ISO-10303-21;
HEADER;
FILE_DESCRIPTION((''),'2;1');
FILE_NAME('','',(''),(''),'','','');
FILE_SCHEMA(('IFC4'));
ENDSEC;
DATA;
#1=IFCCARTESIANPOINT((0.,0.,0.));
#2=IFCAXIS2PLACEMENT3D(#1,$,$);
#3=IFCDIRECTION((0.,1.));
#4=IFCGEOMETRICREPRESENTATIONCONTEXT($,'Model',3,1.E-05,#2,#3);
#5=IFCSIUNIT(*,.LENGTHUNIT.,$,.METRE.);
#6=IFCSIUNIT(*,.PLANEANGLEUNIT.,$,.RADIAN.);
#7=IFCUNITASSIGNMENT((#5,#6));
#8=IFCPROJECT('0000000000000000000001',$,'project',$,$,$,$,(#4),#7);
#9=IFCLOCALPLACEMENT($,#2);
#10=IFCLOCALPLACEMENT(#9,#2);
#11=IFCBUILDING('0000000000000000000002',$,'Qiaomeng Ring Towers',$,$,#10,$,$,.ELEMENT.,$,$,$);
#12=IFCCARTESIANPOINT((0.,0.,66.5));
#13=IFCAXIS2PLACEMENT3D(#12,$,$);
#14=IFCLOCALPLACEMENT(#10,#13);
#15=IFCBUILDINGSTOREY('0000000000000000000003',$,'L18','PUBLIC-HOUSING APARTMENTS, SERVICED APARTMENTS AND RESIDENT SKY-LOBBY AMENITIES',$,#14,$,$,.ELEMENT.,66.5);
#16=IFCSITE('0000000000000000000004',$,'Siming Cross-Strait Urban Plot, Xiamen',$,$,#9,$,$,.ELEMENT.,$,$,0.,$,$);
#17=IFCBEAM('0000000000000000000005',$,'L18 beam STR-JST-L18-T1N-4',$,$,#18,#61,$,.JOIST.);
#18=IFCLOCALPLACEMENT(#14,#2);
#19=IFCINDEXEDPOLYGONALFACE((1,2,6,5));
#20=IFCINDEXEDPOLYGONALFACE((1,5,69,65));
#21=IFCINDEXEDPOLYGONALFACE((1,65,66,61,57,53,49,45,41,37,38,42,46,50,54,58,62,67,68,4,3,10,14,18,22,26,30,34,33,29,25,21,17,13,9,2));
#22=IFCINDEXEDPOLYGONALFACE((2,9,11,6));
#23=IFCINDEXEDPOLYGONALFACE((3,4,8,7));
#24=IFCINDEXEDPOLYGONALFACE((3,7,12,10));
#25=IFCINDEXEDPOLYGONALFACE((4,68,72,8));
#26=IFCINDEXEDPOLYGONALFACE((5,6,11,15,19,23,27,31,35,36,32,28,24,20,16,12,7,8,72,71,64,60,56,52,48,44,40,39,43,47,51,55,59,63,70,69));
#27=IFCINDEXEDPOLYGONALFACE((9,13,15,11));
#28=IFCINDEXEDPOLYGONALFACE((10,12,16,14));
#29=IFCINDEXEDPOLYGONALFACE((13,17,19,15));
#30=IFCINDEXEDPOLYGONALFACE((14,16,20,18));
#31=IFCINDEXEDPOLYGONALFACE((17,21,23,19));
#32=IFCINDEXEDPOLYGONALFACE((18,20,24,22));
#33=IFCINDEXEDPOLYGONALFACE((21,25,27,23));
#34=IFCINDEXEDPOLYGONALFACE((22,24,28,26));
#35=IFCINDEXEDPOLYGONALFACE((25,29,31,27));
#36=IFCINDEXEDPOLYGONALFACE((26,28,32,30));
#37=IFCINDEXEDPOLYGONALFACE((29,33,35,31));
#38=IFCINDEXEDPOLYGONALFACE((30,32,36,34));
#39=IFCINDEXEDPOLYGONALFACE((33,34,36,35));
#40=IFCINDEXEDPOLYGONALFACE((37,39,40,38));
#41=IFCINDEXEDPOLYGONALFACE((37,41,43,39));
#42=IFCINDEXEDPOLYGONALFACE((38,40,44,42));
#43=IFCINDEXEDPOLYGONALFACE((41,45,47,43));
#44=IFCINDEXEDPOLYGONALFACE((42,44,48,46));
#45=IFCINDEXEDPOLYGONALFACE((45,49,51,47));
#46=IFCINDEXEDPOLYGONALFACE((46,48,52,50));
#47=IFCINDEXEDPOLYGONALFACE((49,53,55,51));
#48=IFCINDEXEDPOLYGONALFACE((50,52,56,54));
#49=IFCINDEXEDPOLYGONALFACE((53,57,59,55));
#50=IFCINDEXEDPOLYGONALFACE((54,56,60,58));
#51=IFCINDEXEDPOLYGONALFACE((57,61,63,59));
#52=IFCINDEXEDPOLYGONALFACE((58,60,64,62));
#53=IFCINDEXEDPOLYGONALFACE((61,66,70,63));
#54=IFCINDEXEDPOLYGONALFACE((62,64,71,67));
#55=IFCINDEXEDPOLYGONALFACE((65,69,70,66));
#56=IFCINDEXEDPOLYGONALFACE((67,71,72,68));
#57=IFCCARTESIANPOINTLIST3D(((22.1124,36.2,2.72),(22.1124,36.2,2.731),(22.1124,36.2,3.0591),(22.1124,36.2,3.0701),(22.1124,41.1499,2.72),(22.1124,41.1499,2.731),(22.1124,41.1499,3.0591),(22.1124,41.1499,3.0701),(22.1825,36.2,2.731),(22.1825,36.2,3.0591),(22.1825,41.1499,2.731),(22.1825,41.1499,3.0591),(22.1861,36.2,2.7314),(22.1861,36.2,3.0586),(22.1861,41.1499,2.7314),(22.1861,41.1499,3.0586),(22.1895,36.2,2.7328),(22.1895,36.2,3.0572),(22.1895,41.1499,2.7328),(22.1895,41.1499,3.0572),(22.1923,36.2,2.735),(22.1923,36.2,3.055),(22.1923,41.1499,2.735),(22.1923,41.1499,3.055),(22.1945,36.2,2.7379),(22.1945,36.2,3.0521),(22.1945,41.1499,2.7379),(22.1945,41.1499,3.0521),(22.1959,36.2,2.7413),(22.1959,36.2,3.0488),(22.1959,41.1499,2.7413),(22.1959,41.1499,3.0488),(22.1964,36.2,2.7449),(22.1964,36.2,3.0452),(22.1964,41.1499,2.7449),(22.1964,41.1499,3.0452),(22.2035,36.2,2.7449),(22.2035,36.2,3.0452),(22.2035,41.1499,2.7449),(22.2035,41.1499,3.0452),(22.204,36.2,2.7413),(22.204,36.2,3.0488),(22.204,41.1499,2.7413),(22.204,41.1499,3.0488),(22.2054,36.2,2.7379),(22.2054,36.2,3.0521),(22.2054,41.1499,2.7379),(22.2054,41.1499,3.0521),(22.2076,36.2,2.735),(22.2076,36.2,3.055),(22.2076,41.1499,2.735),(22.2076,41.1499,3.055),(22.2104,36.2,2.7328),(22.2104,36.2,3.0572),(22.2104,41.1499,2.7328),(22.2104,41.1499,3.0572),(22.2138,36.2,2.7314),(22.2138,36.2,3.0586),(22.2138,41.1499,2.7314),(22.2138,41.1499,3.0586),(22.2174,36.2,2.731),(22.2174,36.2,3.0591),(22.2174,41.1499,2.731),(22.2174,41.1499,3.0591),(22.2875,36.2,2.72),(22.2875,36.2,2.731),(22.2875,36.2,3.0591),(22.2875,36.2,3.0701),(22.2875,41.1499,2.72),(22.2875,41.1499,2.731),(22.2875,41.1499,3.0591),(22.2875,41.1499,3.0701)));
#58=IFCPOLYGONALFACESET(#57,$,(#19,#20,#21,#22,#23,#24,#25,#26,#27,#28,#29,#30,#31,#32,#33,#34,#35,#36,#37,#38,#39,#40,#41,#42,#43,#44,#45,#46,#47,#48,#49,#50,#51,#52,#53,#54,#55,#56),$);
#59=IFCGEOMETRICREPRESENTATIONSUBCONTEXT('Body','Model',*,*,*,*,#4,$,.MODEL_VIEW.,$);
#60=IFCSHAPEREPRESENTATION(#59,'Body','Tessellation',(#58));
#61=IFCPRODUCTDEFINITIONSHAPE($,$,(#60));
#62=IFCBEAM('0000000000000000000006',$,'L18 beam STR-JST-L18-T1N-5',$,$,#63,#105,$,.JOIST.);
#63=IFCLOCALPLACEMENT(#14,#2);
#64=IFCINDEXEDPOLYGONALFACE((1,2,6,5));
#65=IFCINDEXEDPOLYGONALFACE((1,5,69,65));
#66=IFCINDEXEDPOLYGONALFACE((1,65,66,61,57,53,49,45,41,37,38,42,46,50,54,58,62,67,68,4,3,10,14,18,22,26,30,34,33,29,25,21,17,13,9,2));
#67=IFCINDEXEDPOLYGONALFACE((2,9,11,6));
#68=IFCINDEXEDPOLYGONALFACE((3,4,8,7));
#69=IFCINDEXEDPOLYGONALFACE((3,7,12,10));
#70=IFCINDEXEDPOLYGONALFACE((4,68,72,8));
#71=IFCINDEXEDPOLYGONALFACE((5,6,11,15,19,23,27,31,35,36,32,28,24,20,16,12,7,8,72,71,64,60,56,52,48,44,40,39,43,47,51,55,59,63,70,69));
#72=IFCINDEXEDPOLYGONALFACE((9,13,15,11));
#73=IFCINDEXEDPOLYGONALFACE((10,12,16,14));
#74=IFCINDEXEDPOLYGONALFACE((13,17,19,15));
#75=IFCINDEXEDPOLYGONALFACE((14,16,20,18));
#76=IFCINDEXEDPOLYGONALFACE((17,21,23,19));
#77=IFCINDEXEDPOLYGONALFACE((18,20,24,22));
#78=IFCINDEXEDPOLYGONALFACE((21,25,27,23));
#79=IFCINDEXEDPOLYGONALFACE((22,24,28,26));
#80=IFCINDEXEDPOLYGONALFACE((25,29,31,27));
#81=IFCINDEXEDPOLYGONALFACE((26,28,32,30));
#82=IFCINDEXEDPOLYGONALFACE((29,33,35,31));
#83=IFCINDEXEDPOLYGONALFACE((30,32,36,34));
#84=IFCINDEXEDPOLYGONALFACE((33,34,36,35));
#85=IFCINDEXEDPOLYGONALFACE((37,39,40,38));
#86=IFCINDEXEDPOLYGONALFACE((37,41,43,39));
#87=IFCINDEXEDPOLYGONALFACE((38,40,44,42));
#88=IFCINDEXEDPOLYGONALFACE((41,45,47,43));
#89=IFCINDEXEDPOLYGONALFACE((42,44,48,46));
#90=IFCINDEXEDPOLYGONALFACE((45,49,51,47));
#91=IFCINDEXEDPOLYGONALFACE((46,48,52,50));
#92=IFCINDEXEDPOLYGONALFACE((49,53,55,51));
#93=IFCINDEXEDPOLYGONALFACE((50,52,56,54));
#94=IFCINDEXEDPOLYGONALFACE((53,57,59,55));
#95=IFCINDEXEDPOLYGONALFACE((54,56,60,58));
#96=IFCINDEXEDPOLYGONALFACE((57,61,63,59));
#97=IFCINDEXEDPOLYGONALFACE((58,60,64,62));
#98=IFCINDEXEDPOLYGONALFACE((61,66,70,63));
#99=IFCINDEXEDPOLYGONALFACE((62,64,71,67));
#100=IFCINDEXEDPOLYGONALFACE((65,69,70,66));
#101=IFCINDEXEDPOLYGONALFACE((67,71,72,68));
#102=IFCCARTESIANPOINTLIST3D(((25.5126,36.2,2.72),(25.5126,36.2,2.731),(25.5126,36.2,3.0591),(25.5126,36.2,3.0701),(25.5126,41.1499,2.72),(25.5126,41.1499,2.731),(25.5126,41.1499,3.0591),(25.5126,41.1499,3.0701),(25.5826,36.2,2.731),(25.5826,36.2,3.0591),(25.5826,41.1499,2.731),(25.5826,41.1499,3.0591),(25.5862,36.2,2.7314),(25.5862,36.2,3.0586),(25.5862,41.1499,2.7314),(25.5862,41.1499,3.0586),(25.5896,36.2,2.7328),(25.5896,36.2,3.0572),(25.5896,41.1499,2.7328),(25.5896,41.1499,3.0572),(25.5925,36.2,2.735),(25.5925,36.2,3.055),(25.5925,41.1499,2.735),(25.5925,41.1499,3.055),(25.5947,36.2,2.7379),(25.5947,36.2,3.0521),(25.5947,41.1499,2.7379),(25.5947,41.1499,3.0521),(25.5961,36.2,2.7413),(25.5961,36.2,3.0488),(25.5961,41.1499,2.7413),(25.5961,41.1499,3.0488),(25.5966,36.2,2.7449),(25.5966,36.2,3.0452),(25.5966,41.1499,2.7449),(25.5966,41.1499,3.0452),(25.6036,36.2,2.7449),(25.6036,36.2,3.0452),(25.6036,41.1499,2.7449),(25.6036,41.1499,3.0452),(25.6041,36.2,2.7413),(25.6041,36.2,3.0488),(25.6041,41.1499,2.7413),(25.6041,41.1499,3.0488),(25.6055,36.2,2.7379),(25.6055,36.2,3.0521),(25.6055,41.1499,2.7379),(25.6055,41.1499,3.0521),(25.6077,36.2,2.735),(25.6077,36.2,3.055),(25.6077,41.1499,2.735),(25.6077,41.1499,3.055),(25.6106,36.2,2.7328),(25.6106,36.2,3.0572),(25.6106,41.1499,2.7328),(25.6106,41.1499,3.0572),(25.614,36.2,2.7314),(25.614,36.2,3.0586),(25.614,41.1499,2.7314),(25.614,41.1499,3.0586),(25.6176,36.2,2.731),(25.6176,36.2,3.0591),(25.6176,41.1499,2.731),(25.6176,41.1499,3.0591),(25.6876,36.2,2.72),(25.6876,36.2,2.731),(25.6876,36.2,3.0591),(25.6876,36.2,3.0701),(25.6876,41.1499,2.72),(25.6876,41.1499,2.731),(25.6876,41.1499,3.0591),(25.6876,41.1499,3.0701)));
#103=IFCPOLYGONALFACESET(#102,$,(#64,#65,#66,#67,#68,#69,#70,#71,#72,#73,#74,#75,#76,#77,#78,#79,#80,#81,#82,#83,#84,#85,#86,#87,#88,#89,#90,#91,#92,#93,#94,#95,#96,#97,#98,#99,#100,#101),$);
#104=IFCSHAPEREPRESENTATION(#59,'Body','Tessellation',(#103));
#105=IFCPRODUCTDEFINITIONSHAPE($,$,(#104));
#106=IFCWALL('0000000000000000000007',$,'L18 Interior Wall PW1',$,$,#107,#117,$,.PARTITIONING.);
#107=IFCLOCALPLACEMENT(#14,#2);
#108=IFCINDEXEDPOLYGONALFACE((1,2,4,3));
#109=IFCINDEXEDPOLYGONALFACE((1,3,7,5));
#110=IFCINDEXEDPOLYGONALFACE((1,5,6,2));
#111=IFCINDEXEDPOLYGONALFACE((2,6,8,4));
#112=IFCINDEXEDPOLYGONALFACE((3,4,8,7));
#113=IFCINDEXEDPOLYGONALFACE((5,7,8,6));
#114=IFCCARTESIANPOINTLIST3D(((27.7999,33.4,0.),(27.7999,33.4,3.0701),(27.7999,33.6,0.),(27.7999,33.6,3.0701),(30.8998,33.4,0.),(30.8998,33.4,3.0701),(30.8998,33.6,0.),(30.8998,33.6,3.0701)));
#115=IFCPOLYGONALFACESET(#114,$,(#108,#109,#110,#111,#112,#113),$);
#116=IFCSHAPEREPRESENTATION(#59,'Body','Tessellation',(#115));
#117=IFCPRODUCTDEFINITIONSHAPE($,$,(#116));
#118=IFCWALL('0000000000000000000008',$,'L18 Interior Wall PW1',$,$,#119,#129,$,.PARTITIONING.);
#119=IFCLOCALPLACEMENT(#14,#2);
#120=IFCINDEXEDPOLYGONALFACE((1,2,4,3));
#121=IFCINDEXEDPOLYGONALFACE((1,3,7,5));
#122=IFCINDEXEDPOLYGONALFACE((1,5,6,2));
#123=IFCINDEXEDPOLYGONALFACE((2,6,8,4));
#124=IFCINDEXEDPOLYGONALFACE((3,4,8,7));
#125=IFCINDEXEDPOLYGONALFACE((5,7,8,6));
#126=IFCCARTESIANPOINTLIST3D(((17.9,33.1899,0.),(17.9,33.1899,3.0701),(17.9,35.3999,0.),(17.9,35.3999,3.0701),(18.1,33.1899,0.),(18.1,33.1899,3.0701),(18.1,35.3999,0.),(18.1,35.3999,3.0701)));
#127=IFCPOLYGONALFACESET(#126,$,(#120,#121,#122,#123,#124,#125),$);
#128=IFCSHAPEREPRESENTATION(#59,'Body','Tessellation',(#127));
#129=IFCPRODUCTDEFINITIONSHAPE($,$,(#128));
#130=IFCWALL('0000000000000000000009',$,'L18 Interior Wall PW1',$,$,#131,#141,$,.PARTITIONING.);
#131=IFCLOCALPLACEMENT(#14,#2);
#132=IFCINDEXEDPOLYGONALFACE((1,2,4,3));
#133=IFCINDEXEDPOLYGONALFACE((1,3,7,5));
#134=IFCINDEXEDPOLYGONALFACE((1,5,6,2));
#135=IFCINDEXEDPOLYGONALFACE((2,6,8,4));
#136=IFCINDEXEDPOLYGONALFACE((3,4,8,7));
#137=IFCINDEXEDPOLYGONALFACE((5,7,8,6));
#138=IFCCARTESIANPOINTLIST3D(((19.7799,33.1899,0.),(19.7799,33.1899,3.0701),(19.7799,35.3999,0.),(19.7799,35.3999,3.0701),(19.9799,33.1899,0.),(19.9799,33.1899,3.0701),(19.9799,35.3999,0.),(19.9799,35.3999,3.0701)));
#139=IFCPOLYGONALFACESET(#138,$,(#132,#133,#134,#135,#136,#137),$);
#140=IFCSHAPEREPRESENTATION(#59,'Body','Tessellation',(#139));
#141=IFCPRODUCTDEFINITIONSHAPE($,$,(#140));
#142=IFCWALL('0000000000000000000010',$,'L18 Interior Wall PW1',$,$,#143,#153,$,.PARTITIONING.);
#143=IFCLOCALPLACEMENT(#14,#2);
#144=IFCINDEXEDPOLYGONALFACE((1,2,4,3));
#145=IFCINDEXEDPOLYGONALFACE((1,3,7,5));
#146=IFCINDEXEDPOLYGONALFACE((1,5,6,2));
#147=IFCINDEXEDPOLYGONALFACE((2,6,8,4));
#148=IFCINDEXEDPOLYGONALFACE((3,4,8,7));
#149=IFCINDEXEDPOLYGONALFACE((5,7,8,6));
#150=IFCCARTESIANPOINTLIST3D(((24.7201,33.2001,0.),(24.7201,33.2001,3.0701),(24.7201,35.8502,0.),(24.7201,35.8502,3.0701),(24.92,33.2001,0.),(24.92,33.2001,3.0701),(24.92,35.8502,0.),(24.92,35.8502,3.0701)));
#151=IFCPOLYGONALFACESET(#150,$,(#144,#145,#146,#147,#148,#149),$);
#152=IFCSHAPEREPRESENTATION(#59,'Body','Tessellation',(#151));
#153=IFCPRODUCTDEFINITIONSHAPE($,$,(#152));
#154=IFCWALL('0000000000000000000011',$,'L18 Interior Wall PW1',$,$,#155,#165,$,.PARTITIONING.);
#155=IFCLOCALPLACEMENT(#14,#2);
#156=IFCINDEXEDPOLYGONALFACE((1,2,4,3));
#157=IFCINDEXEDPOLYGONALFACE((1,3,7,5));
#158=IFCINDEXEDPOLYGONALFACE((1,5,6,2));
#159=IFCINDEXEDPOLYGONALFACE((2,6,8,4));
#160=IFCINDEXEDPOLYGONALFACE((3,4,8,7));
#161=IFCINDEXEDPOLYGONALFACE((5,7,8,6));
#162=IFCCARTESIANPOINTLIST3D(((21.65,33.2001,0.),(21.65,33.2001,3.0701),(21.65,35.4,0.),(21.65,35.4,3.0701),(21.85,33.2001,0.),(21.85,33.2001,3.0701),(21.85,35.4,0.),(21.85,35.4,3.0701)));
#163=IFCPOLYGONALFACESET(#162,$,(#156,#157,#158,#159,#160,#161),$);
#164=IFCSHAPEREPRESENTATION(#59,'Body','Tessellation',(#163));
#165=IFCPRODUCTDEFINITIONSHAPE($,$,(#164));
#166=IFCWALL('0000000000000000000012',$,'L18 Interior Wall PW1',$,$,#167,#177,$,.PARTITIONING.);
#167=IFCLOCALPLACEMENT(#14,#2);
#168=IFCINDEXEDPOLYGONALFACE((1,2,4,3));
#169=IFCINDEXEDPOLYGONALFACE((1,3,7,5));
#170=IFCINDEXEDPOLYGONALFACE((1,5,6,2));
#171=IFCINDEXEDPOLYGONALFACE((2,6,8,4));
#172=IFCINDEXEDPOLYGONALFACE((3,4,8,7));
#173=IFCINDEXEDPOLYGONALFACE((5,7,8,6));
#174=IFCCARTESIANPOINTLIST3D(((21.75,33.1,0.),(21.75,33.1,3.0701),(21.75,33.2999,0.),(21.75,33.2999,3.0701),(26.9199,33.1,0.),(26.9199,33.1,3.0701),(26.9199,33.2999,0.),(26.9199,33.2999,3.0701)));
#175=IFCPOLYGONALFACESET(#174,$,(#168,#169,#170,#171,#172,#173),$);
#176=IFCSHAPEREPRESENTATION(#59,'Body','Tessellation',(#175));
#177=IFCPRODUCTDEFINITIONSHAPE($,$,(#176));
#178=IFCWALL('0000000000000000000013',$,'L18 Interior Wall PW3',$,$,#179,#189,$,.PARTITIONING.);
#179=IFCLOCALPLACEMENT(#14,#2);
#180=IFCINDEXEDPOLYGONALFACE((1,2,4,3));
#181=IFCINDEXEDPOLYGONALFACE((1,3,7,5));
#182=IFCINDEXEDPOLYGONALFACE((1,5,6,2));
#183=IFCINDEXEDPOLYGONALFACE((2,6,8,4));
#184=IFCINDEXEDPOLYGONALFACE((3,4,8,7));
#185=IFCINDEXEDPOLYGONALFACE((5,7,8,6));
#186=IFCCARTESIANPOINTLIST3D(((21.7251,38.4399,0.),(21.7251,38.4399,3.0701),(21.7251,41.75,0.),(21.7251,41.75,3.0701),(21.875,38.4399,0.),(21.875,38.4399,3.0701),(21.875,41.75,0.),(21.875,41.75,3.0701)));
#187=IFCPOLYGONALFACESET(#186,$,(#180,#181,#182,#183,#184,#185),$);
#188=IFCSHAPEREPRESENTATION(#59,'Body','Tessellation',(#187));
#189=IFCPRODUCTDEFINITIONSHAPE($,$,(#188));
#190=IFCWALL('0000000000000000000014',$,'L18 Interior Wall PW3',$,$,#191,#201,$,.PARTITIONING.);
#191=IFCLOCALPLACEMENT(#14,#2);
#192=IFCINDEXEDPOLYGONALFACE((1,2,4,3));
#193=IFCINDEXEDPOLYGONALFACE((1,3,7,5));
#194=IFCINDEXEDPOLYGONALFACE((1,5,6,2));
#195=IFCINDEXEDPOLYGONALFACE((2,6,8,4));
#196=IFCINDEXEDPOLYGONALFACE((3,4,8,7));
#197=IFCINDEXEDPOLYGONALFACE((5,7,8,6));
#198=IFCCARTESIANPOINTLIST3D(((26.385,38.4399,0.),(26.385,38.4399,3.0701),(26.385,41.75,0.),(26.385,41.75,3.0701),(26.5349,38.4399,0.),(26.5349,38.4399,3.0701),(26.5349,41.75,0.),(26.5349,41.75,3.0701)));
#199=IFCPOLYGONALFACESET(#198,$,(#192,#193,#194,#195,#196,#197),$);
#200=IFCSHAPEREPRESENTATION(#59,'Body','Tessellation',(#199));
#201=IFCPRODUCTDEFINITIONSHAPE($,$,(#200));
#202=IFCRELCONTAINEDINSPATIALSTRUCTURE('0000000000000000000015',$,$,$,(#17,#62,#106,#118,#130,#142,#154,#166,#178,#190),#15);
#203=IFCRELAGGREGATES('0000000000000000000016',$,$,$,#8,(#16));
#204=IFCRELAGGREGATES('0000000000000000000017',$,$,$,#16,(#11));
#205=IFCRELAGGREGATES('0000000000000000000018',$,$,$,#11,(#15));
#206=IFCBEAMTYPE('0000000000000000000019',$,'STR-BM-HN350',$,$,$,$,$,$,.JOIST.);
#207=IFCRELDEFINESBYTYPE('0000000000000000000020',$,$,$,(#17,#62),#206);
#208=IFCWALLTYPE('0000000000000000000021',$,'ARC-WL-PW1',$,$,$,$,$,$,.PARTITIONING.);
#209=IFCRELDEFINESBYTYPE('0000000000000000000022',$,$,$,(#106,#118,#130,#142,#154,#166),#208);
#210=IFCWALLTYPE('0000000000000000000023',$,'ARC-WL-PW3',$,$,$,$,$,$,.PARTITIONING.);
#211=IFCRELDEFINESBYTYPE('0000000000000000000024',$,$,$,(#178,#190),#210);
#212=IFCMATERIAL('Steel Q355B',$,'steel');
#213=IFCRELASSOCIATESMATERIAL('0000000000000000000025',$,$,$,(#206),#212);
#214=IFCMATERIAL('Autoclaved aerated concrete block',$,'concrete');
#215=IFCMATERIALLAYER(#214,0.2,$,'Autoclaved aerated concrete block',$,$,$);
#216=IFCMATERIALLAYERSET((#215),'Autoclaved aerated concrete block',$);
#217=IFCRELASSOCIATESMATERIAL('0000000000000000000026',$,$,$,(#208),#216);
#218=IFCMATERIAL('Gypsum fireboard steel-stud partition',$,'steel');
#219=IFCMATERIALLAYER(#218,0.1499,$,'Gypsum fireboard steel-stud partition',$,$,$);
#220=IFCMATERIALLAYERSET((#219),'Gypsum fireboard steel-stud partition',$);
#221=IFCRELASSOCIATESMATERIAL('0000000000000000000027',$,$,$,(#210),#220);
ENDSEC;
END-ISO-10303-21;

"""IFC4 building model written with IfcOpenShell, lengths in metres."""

from ifc_helpers import new_model, si_unit, direction, frame, frame_2d, origin, origin_2d, place, context, subcontext, project, spatial, rectangle, i_section, extrude, source, transform, mapped, material, layer, layer_set, material_profile, profile_set, type_object, element, save


model = new_model("IFC4")

# Units and contexts
model_context = context("Model", 3, precision=1e-05, world=origin(), true_north=direction((0.0, 1.0)))
body_context = subcontext(model_context, "Body", "Model", "MODEL_VIEW")
ifc_project = project(units=[si_unit("LENGTHUNIT", "METRE"), si_unit("PLANEANGLEUNIT", "RADIAN")], contexts=[model_context])

# Site, building, storey
site_placement = place(None, origin())
site = spatial("IfcSite", under=ifc_project, at=site_placement, Name="Siming Cross-Strait Urban Plot, Xiamen", CompositionType="ELEMENT", RefElevation=0.0)
building_placement = place(site_placement, origin())
building = spatial("IfcBuilding", under=site, at=building_placement, Name="Qiaomeng Ring Towers", CompositionType="ELEMENT")
storey_placement = place(building_placement, frame((0.0, 0.0, 66.5)))
storey = spatial("IfcBuildingStorey", under=building, at=storey_placement, Name="L18", Description="PUBLIC-HOUSING APARTMENTS, SERVICED APARTMENTS AND RESIDENT SKY-LOBBY AMENITIES", CompositionType="ELEMENT", Elevation=66.5)

# Beams
ifc_material_1 = material(Name="Steel Q355B", Category="steel")
ifc_material_profile_1 = material_profile(ifc_material_1, i_section(OverallWidth=0.175, OverallDepth=0.3501, WebThickness=0.0071, FlangeThickness=0.011, FilletRadius=0.0139, at=origin_2d()), Name="HN 350x175x7x11")
ifc_profile_set_1 = profile_set([ifc_material_profile_1], Name="Steel Q355B")
beam_type_1 = type_object("IfcBeamType", Name="STR-BM-HN350", PredefinedType="JOIST", material=ifc_profile_set_1)
shared_shape_1 = source(origin(), body_context, "Body", "SweptSolid", [
    extrude(i_section(OverallWidth=0.175, OverallDepth=0.3501, WebThickness=0.0071, FlangeThickness=0.011, FilletRadius=0.0139, at=origin_2d()), origin(), (0.0, 0.0, 1.0), 4.95),
])
for number, where, z_axis, x_axis, name in (
    (1, (22.2, 36.2, 2.895), (0.0, 1.0, 0.0), (-1.0, 0.0, 0.0), "L18 beam STR-JST-L18-T1N-4"),
    (2, (25.6001, 36.2, 2.895), (0.0, 1.0, 0.0), (-1.0, 0.0, 0.0), "L18 beam STR-JST-L18-T1N-5"),
):
    element("IfcBeam", number, at=place(storey_placement, frame(where, z_axis=z_axis, x_axis=x_axis)), inside=storey, type_object=beam_type_1, Name=name, PredefinedType="JOIST", context=body_context, shape_type="MappedRepresentation", body=[
        mapped(shared_shape_1, transform((0.0, 0.0, 0.0), x_axis=(1.0, 0.0, 0.0), y_axis=(0.0, 1.0, 0.0), z_axis=(0.0, 0.0, 1.0), scale=1.0)),
    ])

# Walls
ifc_material_2 = material(Name="Autoclaved aerated concrete block", Category="concrete")
ifc_layer_1 = layer(ifc_material_2, 0.2, Name="Autoclaved aerated concrete block")
ifc_layer_set_1 = layer_set([ifc_layer_1], Name="Autoclaved aerated concrete block")
wall_type_1 = type_object("IfcWallType", Name="ARC-WL-PW1", PredefinedType="PARTITIONING", material=ifc_layer_set_1)
wall_1_placement = place(storey_placement, frame((27.8, 33.5, 0.0), z_axis=(0.0, 0.0, 1.0), x_axis=(1.0, 0.0, 0.0)))
element("IfcWall", 3, at=wall_1_placement, inside=storey, type_object=wall_type_1, Name="L18 Interior Wall PW1", PredefinedType="PARTITIONING", context=body_context, shape_type="SweptSolid", body=[
    extrude(rectangle(XDim=3.0999, YDim=0.2, at=frame_2d((1.5498, 0.0))), origin(), (0.0, 0.0, 1.0), 3.0701),
])
for number, where, z_axis, x_axis, name in (
    (4, (18.0, 33.1899, 0.0), (0.0, 0.0, 1.0), (0.0, 1.0, 0.0), "L18 Interior Wall PW1"),
    (5, (19.8799, 33.1899, 0.0), (0.0, 0.0, 1.0), (0.0, 1.0, 0.0), "L18 Interior Wall PW1"),
):
    element("IfcWall", number, at=place(storey_placement, frame(where, z_axis=z_axis, x_axis=x_axis)), inside=storey, type_object=wall_type_1, Name=name, PredefinedType="PARTITIONING", context=body_context, shape_type="SweptSolid", body=[
        extrude(rectangle(XDim=2.21, YDim=0.2, at=frame_2d((1.105, 0.0))), origin(), (0.0, 0.0, 1.0), 3.0701),
    ])
wall_2_placement = place(storey_placement, frame((24.8201, 33.2, 0.0), z_axis=(0.0, 0.0, 1.0), x_axis=(0.0, 1.0, 0.0)))
element("IfcWall", 6, at=wall_2_placement, inside=storey, type_object=wall_type_1, Name="L18 Interior Wall PW1", PredefinedType="PARTITIONING", context=body_context, shape_type="SweptSolid", body=[
    extrude(rectangle(XDim=2.6501, YDim=0.2, at=frame_2d((1.3252, 0.0))), origin(), (0.0, 0.0, 1.0), 3.0701),
])
wall_3_placement = place(storey_placement, frame((21.75, 33.2, 0.0), z_axis=(0.0, 0.0, 1.0), x_axis=(0.0, 1.0, 0.0)))
element("IfcWall", 7, at=wall_3_placement, inside=storey, type_object=wall_type_1, Name="L18 Interior Wall PW1", PredefinedType="PARTITIONING", context=body_context, shape_type="SweptSolid", body=[
    extrude(rectangle(XDim=2.2, YDim=0.2, at=frame_2d((1.1001, 0.0))), origin(), (0.0, 0.0, 1.0), 3.0701),
])
wall_4_placement = place(storey_placement, frame((21.75, 33.2, 0.0), z_axis=(0.0, 0.0, 1.0), x_axis=(1.0, 0.0, 0.0)))
element("IfcWall", 8, at=wall_4_placement, inside=storey, type_object=wall_type_1, Name="L18 Interior Wall PW1", PredefinedType="PARTITIONING", context=body_context, shape_type="SweptSolid", body=[
    extrude(rectangle(XDim=5.1699, YDim=0.2, at=frame_2d((2.585, 0.0))), origin(), (0.0, 0.0, 1.0), 3.0701),
])
ifc_material_3 = material(Name="Gypsum fireboard steel-stud partition", Category="steel")
ifc_layer_2 = layer(ifc_material_3, 0.1499, Name="Gypsum fireboard steel-stud partition")
ifc_layer_set_2 = layer_set([ifc_layer_2], Name="Gypsum fireboard steel-stud partition")
wall_type_2 = type_object("IfcWallType", Name="ARC-WL-PW3", PredefinedType="PARTITIONING", material=ifc_layer_set_2)
for number, where, z_axis, x_axis, name in (
    (9, (21.8, 38.4399, 0.0), (0.0, 0.0, 1.0), (0.0, 1.0, 0.0), "L18 Interior Wall PW3"),
    (10, (26.46, 38.4399, 0.0), (0.0, 0.0, 1.0), (0.0, 1.0, 0.0), "L18 Interior Wall PW3"),
):
    element("IfcWall", number, at=place(storey_placement, frame(where, z_axis=z_axis, x_axis=x_axis)), inside=storey, type_object=wall_type_2, Name=name, PredefinedType="PARTITIONING", context=body_context, shape_type="SweptSolid", body=[
        extrude(rectangle(XDim=3.3101, YDim=0.1499, at=frame_2d((1.655, 0.0))), origin(), (0.0, 0.0, 1.0), 3.0701),
    ])

save(model, "model.ifc")
